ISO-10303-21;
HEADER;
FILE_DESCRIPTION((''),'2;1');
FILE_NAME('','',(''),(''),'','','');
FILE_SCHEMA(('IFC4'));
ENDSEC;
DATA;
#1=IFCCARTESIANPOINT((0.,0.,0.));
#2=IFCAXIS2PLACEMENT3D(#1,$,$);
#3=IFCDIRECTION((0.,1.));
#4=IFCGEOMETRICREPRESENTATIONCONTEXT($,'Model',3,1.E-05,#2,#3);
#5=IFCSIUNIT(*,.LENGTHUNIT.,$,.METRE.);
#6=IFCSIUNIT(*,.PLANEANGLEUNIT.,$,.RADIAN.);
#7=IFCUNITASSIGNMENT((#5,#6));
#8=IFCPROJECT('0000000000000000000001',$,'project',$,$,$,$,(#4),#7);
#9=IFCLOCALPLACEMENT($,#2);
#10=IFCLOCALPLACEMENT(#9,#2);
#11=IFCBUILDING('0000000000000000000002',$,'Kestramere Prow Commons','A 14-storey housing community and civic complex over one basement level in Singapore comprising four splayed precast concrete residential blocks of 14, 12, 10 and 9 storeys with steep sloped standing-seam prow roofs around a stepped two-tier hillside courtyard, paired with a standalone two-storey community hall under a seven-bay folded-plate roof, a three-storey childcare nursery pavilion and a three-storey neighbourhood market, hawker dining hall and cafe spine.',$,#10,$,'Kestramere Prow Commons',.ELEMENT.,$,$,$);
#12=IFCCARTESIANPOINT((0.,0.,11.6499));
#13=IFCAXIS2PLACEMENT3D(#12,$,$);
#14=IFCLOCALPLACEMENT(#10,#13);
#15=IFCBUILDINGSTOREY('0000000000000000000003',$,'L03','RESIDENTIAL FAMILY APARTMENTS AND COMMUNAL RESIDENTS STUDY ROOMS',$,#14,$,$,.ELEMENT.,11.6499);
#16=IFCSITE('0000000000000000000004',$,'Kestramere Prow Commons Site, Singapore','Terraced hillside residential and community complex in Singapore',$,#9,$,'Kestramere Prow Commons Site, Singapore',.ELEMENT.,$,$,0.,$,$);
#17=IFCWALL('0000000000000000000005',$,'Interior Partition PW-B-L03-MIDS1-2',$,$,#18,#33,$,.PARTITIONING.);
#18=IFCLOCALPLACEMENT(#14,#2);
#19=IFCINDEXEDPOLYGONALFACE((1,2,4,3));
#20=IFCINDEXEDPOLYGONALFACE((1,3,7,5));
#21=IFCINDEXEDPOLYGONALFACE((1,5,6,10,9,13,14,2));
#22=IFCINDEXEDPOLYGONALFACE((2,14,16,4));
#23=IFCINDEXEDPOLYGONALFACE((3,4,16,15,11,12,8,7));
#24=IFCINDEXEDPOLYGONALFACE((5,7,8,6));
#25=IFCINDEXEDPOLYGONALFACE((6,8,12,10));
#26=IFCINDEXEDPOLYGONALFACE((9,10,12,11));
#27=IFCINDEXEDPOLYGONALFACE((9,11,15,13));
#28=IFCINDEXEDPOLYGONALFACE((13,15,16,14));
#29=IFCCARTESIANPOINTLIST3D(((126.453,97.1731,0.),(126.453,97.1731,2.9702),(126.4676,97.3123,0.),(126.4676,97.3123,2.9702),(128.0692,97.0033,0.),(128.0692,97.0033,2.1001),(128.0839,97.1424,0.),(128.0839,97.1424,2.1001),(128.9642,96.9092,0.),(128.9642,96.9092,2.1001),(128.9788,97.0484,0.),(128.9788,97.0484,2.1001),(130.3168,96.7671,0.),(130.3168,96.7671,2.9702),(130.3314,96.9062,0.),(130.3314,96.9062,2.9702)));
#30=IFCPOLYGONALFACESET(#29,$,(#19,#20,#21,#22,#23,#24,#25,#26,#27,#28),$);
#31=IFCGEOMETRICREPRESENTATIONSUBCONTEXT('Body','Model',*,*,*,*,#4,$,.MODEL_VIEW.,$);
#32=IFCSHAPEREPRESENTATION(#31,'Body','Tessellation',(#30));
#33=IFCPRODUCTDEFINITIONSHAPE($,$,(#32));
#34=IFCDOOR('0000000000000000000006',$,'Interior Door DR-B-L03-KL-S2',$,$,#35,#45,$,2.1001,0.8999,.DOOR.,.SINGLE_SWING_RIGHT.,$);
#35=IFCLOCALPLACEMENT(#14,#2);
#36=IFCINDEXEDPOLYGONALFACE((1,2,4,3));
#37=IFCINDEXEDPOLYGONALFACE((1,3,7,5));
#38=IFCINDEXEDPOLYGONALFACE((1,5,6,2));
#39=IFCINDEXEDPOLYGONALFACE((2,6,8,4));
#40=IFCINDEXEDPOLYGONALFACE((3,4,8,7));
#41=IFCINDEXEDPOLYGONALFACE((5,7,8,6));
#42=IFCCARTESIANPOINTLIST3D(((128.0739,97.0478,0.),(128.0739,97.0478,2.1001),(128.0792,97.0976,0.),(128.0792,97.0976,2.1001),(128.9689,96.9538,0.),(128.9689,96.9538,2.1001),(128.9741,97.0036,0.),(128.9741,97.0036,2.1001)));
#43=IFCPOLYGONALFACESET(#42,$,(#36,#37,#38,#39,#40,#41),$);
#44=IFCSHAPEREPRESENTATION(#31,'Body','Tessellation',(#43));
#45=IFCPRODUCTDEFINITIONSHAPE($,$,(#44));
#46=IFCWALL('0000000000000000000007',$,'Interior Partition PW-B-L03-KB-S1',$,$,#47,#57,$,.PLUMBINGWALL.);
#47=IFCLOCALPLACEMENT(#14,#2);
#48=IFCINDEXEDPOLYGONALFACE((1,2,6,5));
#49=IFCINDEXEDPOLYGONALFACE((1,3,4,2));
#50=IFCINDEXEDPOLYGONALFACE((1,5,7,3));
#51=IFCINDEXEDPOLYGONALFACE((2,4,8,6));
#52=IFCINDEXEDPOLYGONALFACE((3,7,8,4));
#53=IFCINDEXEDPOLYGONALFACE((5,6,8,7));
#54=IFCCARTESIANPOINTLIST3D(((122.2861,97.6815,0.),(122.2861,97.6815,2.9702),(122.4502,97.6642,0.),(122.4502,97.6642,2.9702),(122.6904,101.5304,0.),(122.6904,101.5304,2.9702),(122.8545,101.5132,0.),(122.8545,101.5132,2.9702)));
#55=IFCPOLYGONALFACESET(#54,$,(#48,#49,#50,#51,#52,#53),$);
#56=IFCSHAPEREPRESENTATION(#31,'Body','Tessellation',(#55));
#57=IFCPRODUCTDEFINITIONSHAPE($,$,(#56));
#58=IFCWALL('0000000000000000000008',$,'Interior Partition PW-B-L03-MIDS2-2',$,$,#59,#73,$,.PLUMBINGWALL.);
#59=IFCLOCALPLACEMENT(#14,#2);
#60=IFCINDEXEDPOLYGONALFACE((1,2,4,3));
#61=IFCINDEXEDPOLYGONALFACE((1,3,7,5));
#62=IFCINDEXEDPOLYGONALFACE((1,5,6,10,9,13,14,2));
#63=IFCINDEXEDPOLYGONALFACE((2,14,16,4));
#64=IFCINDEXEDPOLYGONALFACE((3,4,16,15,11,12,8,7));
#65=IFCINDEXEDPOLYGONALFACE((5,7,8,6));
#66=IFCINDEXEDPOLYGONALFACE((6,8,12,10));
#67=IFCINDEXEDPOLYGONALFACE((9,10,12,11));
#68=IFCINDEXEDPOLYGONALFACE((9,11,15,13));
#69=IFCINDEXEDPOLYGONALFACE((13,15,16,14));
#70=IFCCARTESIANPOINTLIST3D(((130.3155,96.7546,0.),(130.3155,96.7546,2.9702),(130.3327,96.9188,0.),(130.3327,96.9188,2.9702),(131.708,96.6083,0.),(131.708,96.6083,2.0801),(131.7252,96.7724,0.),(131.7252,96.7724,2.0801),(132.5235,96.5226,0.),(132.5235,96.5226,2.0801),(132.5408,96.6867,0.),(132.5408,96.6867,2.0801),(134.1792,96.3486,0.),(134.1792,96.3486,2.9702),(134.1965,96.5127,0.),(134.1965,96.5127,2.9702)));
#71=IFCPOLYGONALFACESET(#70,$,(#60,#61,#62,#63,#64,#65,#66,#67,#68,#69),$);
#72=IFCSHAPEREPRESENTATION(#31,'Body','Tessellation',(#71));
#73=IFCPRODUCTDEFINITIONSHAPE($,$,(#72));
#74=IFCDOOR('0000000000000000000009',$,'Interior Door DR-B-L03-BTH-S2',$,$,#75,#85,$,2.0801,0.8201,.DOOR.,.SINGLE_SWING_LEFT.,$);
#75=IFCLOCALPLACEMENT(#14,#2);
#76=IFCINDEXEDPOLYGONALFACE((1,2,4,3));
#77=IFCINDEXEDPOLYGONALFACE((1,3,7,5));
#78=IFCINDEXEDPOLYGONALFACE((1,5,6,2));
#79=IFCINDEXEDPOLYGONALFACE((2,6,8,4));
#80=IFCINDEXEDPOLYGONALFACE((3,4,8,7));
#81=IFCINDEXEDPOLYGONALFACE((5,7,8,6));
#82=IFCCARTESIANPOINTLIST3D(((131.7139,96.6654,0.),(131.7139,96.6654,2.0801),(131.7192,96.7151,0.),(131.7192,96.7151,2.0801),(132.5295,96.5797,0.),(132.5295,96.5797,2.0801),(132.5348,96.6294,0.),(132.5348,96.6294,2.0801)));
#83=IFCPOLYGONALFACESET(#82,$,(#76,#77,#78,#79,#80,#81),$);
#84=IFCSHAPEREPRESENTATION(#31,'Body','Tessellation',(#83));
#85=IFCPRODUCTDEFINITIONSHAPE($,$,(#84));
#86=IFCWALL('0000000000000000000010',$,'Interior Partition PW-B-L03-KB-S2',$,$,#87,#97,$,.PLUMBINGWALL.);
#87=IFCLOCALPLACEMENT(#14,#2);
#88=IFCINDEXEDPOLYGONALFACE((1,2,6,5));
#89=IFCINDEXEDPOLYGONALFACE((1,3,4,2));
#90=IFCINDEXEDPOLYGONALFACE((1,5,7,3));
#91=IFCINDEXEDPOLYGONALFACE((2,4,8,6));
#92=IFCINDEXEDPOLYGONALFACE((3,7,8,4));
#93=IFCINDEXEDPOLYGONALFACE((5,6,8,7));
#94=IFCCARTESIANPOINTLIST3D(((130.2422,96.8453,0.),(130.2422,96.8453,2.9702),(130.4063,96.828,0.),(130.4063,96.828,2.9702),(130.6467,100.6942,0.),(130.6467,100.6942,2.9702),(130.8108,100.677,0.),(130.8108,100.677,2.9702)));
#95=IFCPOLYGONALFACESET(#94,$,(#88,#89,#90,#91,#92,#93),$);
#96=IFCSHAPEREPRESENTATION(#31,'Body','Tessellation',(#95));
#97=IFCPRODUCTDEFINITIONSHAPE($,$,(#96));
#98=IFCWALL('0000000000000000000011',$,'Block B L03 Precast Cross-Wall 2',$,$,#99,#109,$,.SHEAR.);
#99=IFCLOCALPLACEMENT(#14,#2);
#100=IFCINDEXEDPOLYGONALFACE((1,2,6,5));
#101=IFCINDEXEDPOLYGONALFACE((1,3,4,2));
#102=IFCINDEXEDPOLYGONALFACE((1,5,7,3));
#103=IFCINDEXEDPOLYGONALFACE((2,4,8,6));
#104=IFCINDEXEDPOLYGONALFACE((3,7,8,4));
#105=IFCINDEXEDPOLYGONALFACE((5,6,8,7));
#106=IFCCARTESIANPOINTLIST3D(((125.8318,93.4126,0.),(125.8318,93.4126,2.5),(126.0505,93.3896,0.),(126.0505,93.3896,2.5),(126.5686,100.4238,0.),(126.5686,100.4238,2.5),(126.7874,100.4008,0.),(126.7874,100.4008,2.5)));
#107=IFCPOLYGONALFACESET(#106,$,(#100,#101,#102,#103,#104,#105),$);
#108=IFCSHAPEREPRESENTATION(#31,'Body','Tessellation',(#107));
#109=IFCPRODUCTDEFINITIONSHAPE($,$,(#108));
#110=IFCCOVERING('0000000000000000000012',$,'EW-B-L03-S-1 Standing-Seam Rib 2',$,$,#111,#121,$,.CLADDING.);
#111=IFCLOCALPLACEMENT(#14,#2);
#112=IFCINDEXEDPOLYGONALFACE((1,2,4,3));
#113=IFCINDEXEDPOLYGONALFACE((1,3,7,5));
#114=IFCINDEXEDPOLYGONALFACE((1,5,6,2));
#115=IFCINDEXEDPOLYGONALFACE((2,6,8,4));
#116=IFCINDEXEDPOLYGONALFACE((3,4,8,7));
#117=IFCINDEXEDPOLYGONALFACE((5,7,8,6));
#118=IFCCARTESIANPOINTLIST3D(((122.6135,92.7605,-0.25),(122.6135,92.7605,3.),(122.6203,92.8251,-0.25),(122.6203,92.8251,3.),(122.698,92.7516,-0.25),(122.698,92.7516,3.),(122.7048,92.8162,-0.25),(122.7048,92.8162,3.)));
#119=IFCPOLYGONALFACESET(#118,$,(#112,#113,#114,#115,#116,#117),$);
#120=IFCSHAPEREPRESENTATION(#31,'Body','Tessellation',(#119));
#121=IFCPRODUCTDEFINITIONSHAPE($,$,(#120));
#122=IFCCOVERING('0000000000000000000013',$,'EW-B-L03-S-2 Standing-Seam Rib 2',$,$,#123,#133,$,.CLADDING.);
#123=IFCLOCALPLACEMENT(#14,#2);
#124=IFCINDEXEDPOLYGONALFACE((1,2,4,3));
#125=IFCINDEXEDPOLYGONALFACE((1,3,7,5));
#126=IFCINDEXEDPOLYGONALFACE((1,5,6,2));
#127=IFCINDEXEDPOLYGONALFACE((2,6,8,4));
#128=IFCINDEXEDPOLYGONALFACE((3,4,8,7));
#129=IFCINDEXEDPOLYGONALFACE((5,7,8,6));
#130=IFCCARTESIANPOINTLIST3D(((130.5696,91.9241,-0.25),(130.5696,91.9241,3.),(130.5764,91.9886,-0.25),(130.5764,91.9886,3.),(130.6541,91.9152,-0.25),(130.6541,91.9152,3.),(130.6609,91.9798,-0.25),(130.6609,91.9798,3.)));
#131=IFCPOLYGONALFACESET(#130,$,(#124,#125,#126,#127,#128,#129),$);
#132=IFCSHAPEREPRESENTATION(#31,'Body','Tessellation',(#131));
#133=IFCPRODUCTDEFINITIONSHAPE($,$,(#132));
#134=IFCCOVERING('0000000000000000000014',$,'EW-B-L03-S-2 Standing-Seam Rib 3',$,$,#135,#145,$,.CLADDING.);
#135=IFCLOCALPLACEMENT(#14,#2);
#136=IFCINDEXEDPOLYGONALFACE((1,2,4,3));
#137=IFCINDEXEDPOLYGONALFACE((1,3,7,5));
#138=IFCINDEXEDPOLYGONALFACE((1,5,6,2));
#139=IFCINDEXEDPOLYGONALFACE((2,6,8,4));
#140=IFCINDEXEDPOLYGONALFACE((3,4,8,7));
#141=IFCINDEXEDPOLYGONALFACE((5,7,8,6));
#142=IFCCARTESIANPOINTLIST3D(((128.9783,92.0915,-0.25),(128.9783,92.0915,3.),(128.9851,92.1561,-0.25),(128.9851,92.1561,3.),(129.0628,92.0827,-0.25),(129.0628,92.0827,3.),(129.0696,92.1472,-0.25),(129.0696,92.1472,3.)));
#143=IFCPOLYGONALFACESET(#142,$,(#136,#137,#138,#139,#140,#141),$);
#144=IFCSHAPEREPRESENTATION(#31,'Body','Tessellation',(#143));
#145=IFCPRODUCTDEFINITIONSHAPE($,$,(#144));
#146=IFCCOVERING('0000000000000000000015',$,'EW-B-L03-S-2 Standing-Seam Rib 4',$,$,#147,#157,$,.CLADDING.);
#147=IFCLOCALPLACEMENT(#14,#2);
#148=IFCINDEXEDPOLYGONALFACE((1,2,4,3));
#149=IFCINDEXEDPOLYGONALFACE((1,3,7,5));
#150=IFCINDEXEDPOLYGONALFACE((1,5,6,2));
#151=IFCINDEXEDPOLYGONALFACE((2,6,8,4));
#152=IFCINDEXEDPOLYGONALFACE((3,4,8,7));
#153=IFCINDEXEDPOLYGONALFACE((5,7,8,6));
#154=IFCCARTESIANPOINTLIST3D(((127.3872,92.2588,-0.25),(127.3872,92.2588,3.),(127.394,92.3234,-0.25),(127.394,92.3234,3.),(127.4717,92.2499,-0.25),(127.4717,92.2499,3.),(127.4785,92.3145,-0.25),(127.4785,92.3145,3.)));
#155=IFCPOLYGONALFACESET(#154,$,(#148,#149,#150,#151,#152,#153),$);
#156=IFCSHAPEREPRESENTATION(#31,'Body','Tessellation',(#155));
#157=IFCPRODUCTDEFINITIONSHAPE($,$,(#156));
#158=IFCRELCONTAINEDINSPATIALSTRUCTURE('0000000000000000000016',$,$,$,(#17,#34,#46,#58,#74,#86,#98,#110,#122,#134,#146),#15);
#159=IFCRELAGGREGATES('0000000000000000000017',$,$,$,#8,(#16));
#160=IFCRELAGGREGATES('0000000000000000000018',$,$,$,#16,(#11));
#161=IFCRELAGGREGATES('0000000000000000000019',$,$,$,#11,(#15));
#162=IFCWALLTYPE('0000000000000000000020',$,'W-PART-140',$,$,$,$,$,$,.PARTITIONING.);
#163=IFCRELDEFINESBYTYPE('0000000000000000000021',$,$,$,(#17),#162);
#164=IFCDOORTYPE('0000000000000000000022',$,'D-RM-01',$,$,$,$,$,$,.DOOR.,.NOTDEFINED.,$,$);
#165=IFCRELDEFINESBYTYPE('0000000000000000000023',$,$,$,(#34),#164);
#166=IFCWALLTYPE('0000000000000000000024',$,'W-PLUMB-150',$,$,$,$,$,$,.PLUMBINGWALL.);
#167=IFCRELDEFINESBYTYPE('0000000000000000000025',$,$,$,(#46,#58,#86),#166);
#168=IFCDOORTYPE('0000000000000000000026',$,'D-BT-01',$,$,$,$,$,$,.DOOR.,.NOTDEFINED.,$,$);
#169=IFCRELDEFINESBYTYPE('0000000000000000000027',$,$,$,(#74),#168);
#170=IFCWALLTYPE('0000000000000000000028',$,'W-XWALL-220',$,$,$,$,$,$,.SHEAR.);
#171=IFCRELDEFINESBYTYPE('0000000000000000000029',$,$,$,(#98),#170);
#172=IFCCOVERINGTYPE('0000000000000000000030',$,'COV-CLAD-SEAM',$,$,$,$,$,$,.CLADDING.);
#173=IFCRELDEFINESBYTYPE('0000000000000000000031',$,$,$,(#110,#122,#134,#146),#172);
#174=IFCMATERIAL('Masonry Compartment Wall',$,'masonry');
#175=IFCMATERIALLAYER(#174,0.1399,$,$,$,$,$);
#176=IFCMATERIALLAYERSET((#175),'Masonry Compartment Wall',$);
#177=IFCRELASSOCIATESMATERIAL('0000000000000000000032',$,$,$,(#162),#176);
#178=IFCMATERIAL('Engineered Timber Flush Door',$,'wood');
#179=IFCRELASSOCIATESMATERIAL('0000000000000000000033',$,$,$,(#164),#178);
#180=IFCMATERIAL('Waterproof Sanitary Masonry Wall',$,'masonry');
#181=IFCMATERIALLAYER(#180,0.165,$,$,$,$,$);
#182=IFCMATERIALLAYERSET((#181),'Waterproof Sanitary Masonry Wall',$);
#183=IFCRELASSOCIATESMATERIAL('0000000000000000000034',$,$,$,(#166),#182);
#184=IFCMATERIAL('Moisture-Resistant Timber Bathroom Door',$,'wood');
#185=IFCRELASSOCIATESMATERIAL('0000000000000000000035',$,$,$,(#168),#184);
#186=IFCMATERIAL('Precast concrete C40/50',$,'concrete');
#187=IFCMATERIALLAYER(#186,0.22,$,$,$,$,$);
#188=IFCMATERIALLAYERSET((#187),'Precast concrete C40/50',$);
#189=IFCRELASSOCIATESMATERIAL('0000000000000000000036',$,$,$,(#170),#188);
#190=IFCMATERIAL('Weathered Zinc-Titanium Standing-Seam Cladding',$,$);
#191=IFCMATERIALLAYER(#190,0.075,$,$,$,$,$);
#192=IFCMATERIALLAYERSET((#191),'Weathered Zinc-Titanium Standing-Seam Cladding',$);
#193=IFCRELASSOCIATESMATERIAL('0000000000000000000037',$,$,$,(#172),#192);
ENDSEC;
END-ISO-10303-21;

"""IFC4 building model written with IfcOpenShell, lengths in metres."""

from ifc_helpers import new_model, si_unit, direction, frame, frame_2d, origin, origin_2d, place, context, subcontext, project, spatial, rectangle, extrude, material, layer, layer_set, type_object, element, fill, save


model = new_model("IFC4")

# Units and contexts
model_context = context("Model", 3, precision=1e-05, world=origin(), true_north=direction((0.0, 1.0)))
body_context = subcontext(model_context, "Body", "Model", "MODEL_VIEW")
ifc_project = project(units=[si_unit("LENGTHUNIT", "METRE"), si_unit("PLANEANGLEUNIT", "RADIAN")], contexts=[model_context])

# Site, building, storey
site_placement = place(None, origin())
site = spatial("IfcSite", under=ifc_project, at=site_placement, Name="Kestramere Prow Commons Site, Singapore", Description="Terraced hillside residential and community complex in Singapore", LongName="Kestramere Prow Commons Site, Singapore", CompositionType="ELEMENT", RefElevation=0.0)
building_placement = place(site_placement, origin())
building = spatial("IfcBuilding", under=site, at=building_placement, Name="Kestramere Prow Commons", Description="A 14-storey housing community and civic complex over one basement level in Singapore comprising four splayed precast concrete residential blocks of 14, 12, 10 and 9 storeys with steep sloped standing-seam prow roofs around a stepped two-tier hillside courtyard, paired with a standalone two-storey community hall under a seven-bay folded-plate roof, a three-storey childcare nursery pavilion and a three-storey neighbourhood market, hawker dining hall and cafe spine.", LongName="Kestramere Prow Commons", CompositionType="ELEMENT")
storey_placement = place(building_placement, frame((0.0, 0.0, 11.6499)))
storey = spatial("IfcBuildingStorey", under=building, at=storey_placement, Name="L03", Description="RESIDENTIAL FAMILY APARTMENTS AND COMMUNAL RESIDENTS STUDY ROOMS", CompositionType="ELEMENT", Elevation=11.6499)

# Shared definitions
ifc_material_1 = material(Name="Precast concrete C40/50", Category="concrete")

# Wall, opening, door
ifc_material_2 = material(Name="Masonry Compartment Wall", Category="masonry")
ifc_layer_1 = layer(ifc_material_2, 0.1399)
ifc_layer_set_1 = layer_set([ifc_layer_1], Name="Masonry Compartment Wall")
wall_type_1 = type_object("IfcWallType", Name="W-PART-140", PredefinedType="PARTITIONING", material=ifc_layer_set_1)
wall_1_placement = place(storey_placement, frame((126.4604, 97.2427, 0.0), z_axis=(0.0, 0.0, 1.0), x_axis=(0.994524, -0.104505, 0.0)))
wall_1 = element("IfcWall", 1, at=wall_1_placement, inside=storey, type_object=wall_type_1, Name="Interior Partition PW-B-L03-MIDS1-2", PredefinedType="PARTITIONING", context=body_context, shape_type="SweptSolid", body=[
    extrude(rectangle(XDim=3.885, YDim=0.1399, at=frame_2d((1.9424, 0.0))), origin(), (0.0, 0.0, 1.0), 2.9702),
])
opening_1_placement = place(wall_1_placement, frame((1.625, 0.0, 0.0)))
opening_1 = element("IfcOpeningElement", 2, at=opening_1_placement, cuts=wall_1, PredefinedType="OPENING", context=body_context, shape_type="SweptSolid", body=[
    extrude(rectangle(XDim=0.8999, YDim=2.1001, at=frame_2d((0.45, 1.05))), frame((0.0, 0.085, 0.0), z_axis=(0.0, -1.0, 0.0), x_axis=(1.0, 0.0, 0.0)), (0.0, 0.0, 1.0), 0.1699),
])
ifc_material_3 = material(Name="Engineered Timber Flush Door", Category="wood")
door_type_1 = type_object("IfcDoorType", Name="D-RM-01", OperationType="NOTDEFINED", PredefinedType="DOOR", material=ifc_material_3)
door_1_placement = place(opening_1_placement, origin())
door_1 = element("IfcDoor", 3, at=door_1_placement, inside=storey, type_object=door_type_1, Name="Interior Door DR-B-L03-KL-S2", OperationType="SINGLE_SWING_RIGHT", OverallHeight=2.1001, OverallWidth=0.8999, PredefinedType="DOOR", context=body_context, shape_type="SweptSolid", body=[
    extrude(rectangle(XDim=0.8999, YDim=2.1001, at=frame_2d((0.45, 1.05))), frame((0.0, 0.0249, 0.0), z_axis=(0.0, -1.0, 0.0), x_axis=(1.0, 0.0, 0.0)), (0.0, 0.0, 1.0), 0.05),
])
fill(opening_1, door_1)

# Wall
ifc_material_4 = material(Name="Waterproof Sanitary Masonry Wall", Category="masonry")
ifc_layer_2 = layer(ifc_material_4, 0.165)
ifc_layer_set_2 = layer_set([ifc_layer_2], Name="Waterproof Sanitary Masonry Wall")
wall_type_2 = type_object("IfcWallType", Name="W-PLUMB-150", PredefinedType="PLUMBINGWALL", material=ifc_layer_set_2)
wall_2_placement = place(storey_placement, frame((122.3682, 97.6729, 0.0), z_axis=(0.0, 0.0, 1.0), x_axis=(0.104468, 0.994528, 0.0)))
element("IfcWall", 4, at=wall_2_placement, inside=storey, type_object=wall_type_2, Name="Interior Partition PW-B-L03-KB-S1", PredefinedType="PLUMBINGWALL", context=body_context, shape_type="SweptSolid", body=[
    extrude(rectangle(XDim=3.8701, YDim=0.165, at=frame_2d((1.9351, 0.0))), origin(), (0.0, 0.0, 1.0), 2.9702),
])

# Wall, opening, door
wall_3_placement = place(storey_placement, frame((130.3242, 96.8367, 0.0), z_axis=(0.0, 0.0, 1.0), x_axis=(0.994524, -0.104505, 0.0)))
wall_3 = element("IfcWall", 5, at=wall_3_placement, inside=storey, type_object=wall_type_2, Name="Interior Partition PW-B-L03-MIDS2-2", PredefinedType="PLUMBINGWALL", context=body_context, shape_type="SweptSolid", body=[
    extrude(rectangle(XDim=3.885, YDim=0.165, at=frame_2d((1.9424, 0.0))), origin(), (0.0, 0.0, 1.0), 2.9702),
])
opening_2_placement = place(wall_3_placement, frame((1.3999, 0.0, 0.0)))
opening_2 = element("IfcOpeningElement", 6, at=opening_2_placement, cuts=wall_3, PredefinedType="OPENING", context=body_context, shape_type="SweptSolid", body=[
    extrude(rectangle(XDim=0.8201, YDim=2.0801, at=frame_2d((0.4102, 1.04))), frame((0.0, 0.0974, 0.0), z_axis=(0.0, -1.0, 0.0), x_axis=(1.0, 0.0, 0.0)), (0.0, 0.0, 1.0), 0.1951),
])
ifc_material_5 = material(Name="Moisture-Resistant Timber Bathroom Door", Category="wood")
door_type_2 = type_object("IfcDoorType", Name="D-BT-01", OperationType="NOTDEFINED", PredefinedType="DOOR", material=ifc_material_5)
door_2_placement = place(opening_2_placement, origin())
door_2 = element("IfcDoor", 7, at=door_2_placement, inside=storey, type_object=door_type_2, Name="Interior Door DR-B-L03-BTH-S2", OperationType="SINGLE_SWING_LEFT", OverallHeight=2.0801, OverallWidth=0.8201, PredefinedType="DOOR", context=body_context, shape_type="SweptSolid", body=[
    extrude(rectangle(XDim=0.8201, YDim=2.0801, at=frame_2d((0.4102, 1.04))), frame((0.0, 0.0249, 0.0), z_axis=(0.0, -1.0, 0.0), x_axis=(1.0, 0.0, 0.0)), (0.0, 0.0, 1.0), 0.05),
])
fill(opening_2, door_2)

# Walls
wall_4_placement = place(storey_placement, frame((130.3242, 96.8367, 0.0), z_axis=(0.0, 0.0, 1.0), x_axis=(0.10453, 0.994522, 0.0)))
element("IfcWall", 8, at=wall_4_placement, inside=storey, type_object=wall_type_2, Name="Interior Partition PW-B-L03-KB-S2", PredefinedType="PLUMBINGWALL", context=body_context, shape_type="SweptSolid", body=[
    extrude(rectangle(XDim=3.8701, YDim=0.165, at=frame_2d((1.9351, 0.0))), origin(), (0.0, 0.0, 1.0), 2.9702),
])
ifc_layer_3 = layer(ifc_material_1, 0.22)
ifc_layer_set_3 = layer_set([ifc_layer_3], Name="Precast concrete C40/50")
wall_type_3 = type_object("IfcWallType", Name="W-XWALL-220", PredefinedType="SHEAR", material=ifc_layer_set_3)
wall_5_placement = place(storey_placement, frame((125.9412, 93.4011, 0.0), z_axis=(0.0, 0.0, 1.0), x_axis=(0.104515, 0.994523, 0.0)))
element("IfcWall", 9, at=wall_5_placement, inside=storey, type_object=wall_type_3, Name="Block B L03 Precast Cross-Wall 2", PredefinedType="SHEAR", context=body_context, shape_type="SweptSolid", body=[
    extrude(rectangle(XDim=7.0498, YDim=0.22, at=frame_2d((3.5249, 0.0))), origin(), (0.0, 0.0, 1.0), 2.5),
])

# Coverings
ifc_material_6 = material(Name="Weathered Zinc-Titanium Standing-Seam Cladding")
ifc_layer_4 = layer(ifc_material_6, 0.075)
ifc_layer_set_4 = layer_set([ifc_layer_4], Name="Weathered Zinc-Titanium Standing-Seam Cladding")
covering_type = type_object("IfcCoveringType", Name="COV-CLAD-SEAM", PredefinedType="CLADDING", material=ifc_layer_set_4)
for number, where, z_axis, x_axis, name in (
    (10, (122.6592, 92.7883, -0.25), (0.0, 0.0, 1.0), (-0.994522, 0.104528, 0.0), "EW-B-L03-S-1 Standing-Seam Rib 2"),
    (11, (130.6152, 91.9519, -0.25), (0.0, 0.0, 1.0), (-0.994522, 0.104528, 0.0), "EW-B-L03-S-2 Standing-Seam Rib 2"),
    (12, (129.0239, 92.1194, -0.25), (0.0, 0.0, 1.0), (-0.994522, 0.104528, 0.0), "EW-B-L03-S-2 Standing-Seam Rib 3"),
    (13, (127.4329, 92.2866, -0.25), (0.0, 0.0, 1.0), (-0.994522, 0.104528, 0.0), "EW-B-L03-S-2 Standing-Seam Rib 4"),
):
    element("IfcCovering", number, at=place(storey_placement, frame(where, z_axis=z_axis, x_axis=x_axis)), inside=storey, type_object=covering_type, Name=name, PredefinedType="CLADDING", context=body_context, shape_type="SweptSolid", body=[
        extrude(rectangle(XDim=0.085, YDim=0.0649, at=origin_2d()), origin(), (0.0, 0.0, 1.0), 3.25),
    ])

save(model, "model.ifc")
